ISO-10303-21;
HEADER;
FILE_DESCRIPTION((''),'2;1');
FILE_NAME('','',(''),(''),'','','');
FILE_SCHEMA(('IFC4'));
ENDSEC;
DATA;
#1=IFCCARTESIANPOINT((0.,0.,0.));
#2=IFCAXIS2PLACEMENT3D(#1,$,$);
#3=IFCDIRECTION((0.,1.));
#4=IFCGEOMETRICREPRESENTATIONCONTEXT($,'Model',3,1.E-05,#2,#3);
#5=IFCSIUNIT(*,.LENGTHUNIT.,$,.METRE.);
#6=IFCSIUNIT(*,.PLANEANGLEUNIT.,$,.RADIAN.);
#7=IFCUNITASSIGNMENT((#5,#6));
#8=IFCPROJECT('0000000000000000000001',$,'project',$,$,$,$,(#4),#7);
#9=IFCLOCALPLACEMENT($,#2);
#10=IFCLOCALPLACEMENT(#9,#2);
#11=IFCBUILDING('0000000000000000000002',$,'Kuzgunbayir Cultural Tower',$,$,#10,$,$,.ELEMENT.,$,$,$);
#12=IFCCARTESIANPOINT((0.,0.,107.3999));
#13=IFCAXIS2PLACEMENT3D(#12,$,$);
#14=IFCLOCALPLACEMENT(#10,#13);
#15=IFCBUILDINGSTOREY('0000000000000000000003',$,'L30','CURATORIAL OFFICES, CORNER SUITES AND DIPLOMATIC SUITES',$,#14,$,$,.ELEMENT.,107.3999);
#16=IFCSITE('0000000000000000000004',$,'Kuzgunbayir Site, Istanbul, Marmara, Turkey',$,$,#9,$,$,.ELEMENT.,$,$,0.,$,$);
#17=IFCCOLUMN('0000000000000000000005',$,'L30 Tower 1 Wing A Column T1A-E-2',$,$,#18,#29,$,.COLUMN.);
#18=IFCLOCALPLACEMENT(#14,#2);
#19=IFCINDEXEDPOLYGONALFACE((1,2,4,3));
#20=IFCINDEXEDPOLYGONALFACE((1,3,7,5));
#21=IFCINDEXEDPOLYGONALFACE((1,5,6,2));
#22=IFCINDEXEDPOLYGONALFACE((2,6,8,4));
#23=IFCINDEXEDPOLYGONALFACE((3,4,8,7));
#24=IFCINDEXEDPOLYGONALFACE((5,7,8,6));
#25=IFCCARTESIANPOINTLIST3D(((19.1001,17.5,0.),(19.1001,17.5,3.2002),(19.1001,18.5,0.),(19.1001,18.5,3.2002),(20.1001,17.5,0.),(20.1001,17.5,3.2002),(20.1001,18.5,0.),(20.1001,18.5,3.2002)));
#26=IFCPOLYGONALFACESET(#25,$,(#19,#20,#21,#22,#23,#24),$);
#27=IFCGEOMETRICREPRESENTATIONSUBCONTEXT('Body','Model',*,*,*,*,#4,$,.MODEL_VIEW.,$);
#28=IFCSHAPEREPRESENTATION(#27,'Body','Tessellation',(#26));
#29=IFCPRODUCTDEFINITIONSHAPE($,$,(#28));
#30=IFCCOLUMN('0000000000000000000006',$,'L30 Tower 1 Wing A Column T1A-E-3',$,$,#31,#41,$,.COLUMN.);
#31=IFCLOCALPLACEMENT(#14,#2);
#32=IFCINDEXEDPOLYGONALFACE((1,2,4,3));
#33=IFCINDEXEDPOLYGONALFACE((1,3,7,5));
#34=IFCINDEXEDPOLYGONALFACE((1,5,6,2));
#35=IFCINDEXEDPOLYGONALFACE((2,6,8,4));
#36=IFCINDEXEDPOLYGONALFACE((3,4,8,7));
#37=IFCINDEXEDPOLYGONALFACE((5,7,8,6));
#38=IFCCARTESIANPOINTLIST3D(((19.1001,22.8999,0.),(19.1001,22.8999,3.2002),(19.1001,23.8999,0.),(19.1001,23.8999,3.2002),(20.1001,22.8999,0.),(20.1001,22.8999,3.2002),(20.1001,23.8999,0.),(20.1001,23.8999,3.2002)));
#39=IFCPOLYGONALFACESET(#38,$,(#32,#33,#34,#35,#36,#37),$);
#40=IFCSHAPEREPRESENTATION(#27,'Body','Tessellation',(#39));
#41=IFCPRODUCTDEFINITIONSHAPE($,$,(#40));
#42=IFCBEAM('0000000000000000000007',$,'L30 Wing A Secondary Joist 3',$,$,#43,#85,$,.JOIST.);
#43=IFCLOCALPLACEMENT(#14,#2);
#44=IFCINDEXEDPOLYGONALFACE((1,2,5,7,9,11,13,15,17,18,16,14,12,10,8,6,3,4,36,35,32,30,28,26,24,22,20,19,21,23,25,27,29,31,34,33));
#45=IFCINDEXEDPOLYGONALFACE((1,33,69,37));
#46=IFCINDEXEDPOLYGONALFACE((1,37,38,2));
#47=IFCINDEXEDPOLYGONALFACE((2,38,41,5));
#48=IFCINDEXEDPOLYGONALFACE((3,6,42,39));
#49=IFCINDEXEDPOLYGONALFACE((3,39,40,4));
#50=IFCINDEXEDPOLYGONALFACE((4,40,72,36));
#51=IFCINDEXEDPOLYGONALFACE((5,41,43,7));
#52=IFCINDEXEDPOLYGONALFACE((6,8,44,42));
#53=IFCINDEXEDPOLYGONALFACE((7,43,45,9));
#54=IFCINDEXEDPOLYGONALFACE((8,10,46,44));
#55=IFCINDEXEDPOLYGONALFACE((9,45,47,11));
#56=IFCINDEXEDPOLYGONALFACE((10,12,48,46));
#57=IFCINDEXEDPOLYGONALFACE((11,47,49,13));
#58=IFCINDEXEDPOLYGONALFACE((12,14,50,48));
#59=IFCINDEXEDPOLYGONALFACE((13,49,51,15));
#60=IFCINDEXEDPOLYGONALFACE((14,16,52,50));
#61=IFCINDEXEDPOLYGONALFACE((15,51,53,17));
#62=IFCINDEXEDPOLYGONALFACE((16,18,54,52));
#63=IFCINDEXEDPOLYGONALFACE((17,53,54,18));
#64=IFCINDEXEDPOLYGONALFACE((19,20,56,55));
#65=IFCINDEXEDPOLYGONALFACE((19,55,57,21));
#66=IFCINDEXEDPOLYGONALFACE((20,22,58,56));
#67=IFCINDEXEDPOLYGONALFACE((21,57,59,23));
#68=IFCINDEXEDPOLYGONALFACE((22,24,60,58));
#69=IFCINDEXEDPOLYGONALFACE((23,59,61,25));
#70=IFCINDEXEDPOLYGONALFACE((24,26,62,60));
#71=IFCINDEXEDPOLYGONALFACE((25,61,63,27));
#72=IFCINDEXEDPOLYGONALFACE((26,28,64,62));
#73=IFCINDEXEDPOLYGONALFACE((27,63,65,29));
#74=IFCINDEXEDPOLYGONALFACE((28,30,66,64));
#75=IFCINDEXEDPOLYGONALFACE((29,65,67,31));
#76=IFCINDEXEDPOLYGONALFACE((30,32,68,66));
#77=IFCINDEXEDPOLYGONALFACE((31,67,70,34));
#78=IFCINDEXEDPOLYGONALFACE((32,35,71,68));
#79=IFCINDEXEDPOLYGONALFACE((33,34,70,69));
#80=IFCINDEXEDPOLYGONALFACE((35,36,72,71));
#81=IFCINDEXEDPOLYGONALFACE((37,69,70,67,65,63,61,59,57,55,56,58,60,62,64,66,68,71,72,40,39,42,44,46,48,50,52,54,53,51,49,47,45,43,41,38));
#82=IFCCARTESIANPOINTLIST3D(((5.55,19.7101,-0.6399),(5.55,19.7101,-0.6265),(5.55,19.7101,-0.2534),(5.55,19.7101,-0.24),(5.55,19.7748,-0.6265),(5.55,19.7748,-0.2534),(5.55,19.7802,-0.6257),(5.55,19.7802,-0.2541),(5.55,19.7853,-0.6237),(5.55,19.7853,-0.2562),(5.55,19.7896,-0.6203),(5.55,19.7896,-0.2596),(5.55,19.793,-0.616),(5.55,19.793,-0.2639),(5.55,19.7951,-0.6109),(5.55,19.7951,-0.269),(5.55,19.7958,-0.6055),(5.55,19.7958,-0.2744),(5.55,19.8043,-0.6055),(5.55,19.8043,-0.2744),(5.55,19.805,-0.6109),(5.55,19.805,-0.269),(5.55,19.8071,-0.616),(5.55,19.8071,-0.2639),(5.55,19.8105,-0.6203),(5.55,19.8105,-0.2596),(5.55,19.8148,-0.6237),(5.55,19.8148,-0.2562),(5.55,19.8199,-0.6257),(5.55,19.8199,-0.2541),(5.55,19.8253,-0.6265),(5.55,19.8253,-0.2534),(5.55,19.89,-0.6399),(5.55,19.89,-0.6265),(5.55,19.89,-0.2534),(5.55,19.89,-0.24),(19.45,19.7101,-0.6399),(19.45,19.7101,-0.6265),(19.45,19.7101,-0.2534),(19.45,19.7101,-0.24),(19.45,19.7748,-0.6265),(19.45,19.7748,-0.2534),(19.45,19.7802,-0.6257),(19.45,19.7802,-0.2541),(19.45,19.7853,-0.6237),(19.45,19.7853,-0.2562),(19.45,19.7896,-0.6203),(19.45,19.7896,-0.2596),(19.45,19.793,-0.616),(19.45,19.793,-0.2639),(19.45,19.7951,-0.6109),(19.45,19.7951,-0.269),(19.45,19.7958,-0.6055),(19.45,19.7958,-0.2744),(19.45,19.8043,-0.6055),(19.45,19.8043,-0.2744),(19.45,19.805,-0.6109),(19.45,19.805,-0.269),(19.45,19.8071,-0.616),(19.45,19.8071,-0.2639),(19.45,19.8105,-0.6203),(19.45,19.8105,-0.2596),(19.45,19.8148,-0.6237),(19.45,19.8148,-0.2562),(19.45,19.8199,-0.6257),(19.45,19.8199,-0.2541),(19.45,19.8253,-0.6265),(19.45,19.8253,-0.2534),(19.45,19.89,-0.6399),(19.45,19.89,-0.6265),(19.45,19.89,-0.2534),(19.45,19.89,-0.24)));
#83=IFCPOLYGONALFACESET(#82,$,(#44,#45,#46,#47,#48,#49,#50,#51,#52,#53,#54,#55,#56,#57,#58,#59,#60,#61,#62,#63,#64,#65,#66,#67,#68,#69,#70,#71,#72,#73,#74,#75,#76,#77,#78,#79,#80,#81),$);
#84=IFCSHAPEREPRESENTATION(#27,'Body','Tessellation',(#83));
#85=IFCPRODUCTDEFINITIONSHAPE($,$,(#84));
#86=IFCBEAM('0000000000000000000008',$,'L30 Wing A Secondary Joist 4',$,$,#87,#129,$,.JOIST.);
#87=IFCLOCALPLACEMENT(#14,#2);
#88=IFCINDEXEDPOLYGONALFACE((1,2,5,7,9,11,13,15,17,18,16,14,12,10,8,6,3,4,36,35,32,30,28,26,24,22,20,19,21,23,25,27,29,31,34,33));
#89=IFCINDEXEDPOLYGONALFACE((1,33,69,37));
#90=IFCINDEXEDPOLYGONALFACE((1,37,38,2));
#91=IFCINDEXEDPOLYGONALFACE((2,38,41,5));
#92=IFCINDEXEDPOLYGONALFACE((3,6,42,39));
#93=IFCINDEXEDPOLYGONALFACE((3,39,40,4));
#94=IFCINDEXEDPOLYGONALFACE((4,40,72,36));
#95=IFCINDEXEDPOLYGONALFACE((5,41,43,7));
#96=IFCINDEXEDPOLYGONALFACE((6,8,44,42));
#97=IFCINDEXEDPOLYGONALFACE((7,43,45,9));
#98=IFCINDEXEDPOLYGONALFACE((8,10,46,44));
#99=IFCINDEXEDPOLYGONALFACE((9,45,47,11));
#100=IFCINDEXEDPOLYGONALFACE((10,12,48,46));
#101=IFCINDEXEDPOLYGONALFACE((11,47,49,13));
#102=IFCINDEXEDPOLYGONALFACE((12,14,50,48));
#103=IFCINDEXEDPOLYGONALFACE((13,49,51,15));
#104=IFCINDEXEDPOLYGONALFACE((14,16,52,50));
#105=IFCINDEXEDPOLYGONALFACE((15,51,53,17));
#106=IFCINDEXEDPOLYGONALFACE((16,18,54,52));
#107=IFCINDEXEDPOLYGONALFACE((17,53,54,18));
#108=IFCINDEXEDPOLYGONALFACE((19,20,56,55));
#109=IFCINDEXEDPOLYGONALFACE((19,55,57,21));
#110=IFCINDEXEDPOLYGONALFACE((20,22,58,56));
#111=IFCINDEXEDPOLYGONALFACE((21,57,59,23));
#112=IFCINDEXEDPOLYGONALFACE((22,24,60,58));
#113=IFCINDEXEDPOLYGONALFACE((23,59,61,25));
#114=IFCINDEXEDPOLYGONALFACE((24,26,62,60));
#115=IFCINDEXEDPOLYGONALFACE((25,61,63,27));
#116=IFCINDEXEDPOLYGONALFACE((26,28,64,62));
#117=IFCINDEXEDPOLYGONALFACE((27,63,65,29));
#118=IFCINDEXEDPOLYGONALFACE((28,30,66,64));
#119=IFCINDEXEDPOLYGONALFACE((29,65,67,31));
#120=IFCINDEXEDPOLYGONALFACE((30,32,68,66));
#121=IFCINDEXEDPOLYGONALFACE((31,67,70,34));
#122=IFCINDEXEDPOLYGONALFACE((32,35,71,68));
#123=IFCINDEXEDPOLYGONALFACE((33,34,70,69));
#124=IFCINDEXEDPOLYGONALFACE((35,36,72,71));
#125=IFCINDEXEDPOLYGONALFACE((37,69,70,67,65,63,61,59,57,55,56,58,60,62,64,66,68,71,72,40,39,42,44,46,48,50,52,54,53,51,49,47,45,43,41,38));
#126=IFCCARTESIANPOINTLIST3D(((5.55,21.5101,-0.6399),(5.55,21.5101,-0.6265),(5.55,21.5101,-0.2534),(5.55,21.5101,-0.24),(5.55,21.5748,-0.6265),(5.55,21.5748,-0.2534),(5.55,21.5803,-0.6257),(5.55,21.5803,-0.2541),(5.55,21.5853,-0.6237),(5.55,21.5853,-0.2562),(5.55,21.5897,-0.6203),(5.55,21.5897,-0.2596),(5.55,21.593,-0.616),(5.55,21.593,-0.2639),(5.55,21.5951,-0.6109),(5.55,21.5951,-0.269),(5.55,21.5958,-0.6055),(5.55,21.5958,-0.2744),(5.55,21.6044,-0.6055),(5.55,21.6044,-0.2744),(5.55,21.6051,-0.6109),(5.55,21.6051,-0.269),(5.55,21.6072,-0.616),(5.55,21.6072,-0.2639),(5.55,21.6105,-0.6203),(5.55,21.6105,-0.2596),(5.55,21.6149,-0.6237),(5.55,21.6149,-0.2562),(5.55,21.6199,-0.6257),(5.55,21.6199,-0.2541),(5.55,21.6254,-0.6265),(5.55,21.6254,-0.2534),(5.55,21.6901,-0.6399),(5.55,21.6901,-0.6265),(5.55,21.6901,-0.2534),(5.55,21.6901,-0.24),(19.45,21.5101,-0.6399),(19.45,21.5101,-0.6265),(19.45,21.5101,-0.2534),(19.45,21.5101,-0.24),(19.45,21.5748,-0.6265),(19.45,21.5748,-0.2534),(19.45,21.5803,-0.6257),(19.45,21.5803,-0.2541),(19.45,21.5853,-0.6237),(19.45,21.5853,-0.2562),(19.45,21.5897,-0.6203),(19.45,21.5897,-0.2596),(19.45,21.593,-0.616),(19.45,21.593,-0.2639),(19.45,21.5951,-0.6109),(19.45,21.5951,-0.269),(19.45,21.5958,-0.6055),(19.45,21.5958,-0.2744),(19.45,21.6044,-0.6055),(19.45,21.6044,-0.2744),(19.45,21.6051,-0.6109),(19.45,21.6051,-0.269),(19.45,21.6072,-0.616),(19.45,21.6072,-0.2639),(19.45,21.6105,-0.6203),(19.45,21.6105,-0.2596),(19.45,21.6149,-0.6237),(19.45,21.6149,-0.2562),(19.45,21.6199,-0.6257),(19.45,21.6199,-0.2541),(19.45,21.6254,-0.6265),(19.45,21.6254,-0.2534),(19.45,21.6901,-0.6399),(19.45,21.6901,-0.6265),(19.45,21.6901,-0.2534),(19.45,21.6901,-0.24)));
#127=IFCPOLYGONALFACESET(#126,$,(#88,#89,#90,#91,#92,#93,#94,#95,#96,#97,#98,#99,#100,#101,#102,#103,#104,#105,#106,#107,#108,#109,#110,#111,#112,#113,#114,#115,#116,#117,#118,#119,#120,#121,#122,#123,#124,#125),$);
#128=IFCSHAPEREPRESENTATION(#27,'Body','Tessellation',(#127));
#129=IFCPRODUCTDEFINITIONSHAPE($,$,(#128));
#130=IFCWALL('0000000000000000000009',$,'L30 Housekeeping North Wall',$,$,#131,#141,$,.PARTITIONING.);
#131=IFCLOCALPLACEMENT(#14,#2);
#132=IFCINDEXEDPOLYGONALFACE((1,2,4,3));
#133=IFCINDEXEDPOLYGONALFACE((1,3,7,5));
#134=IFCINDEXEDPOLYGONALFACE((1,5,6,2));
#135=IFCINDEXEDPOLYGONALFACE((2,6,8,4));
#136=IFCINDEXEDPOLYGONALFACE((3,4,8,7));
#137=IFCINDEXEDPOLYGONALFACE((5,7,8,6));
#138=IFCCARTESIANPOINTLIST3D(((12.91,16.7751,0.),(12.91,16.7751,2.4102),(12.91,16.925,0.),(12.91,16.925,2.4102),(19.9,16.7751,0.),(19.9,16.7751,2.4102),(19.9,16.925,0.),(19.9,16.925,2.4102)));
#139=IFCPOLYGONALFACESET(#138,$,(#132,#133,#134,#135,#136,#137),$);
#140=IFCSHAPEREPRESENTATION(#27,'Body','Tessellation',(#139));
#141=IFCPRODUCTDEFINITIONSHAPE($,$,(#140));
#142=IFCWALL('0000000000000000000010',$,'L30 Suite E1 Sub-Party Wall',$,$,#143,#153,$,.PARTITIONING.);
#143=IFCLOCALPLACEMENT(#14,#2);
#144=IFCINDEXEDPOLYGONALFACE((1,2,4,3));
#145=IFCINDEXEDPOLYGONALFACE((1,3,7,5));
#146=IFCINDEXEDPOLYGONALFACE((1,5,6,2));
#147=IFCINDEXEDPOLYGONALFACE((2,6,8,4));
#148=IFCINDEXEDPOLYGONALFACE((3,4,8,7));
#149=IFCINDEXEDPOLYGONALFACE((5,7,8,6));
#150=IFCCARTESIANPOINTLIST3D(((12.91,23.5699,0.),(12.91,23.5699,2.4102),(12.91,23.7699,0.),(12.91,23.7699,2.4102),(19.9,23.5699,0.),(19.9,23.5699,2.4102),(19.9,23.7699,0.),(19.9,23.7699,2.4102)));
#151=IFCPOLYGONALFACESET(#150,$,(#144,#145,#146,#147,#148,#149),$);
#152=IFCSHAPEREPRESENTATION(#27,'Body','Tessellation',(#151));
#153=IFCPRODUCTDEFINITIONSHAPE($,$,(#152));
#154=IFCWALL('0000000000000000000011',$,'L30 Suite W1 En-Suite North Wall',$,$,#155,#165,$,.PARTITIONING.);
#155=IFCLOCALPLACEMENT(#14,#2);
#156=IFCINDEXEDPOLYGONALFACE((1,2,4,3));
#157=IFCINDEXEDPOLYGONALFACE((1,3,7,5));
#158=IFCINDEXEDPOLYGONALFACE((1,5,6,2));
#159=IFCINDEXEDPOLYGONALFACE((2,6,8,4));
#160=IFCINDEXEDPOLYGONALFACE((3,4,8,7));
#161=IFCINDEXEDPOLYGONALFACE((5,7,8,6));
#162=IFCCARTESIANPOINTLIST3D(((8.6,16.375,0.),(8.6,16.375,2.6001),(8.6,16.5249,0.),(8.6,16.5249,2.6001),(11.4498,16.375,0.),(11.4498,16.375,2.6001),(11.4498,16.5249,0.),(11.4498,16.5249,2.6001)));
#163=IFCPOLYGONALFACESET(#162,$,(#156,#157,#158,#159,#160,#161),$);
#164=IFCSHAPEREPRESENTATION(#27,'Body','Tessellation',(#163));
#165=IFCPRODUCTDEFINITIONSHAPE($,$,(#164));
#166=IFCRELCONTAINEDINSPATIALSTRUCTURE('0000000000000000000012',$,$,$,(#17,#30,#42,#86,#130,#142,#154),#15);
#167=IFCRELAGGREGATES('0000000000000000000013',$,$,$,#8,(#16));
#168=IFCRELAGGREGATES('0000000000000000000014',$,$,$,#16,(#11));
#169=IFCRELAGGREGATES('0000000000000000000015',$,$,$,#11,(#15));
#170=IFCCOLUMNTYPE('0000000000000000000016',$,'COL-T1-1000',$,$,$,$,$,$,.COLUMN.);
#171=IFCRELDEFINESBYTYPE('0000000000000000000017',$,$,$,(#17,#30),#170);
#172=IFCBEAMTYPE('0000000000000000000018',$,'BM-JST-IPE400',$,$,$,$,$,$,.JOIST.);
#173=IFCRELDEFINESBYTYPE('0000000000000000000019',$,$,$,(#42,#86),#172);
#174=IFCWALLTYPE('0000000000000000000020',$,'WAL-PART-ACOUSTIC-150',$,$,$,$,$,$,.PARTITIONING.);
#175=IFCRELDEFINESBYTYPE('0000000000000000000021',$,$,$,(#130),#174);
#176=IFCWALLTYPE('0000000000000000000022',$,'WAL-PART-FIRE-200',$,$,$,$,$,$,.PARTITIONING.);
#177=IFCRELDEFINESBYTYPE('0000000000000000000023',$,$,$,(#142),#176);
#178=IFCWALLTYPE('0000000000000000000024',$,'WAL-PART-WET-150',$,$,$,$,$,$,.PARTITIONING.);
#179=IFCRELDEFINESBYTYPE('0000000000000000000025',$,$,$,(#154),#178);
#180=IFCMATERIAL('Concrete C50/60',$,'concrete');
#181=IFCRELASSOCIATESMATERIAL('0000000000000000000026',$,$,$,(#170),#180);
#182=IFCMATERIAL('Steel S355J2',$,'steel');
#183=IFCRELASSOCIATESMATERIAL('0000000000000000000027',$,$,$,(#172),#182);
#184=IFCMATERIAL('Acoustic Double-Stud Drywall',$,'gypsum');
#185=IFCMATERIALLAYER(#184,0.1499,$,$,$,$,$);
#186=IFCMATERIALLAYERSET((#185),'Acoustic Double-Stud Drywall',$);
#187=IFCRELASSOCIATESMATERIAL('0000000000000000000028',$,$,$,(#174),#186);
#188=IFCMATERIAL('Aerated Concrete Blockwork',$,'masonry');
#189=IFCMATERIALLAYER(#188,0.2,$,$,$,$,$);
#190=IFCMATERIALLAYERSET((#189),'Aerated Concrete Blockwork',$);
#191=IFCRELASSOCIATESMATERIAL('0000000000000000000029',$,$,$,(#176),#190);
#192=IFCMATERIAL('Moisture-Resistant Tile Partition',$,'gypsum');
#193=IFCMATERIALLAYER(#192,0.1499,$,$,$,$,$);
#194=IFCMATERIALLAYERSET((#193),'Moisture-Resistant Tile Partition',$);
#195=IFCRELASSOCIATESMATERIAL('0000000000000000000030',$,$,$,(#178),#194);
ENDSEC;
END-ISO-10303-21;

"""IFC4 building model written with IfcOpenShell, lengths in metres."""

from ifc_helpers import new_model, si_unit, direction, frame, frame_2d, origin, origin_2d, place, context, subcontext, project, spatial, rectangle, i_section, extrude, material, layer, layer_set, material_profile, profile_set, type_object, element, save


model = new_model("IFC4")

# Units and contexts
model_context = context("Model", 3, precision=1e-05, world=origin(), true_north=direction((0.0, 1.0)))
body_context = subcontext(model_context, "Body", "Model", "MODEL_VIEW")
ifc_project = project(units=[si_unit("LENGTHUNIT", "METRE"), si_unit("PLANEANGLEUNIT", "RADIAN")], contexts=[model_context])

# Site, building, storey
site_placement = place(None, origin())
site = spatial("IfcSite", under=ifc_project, at=site_placement, Name="Kuzgunbayir Site, Istanbul, Marmara, Turkey", CompositionType="ELEMENT", RefElevation=0.0)
building_placement = place(site_placement, origin())
building = spatial("IfcBuilding", under=site, at=building_placement, Name="Kuzgunbayir Cultural Tower", CompositionType="ELEMENT")
storey_placement = place(building_placement, frame((0.0, 0.0, 107.3999)))
storey = spatial("IfcBuildingStorey", under=building, at=storey_placement, Name="L30", Description="CURATORIAL OFFICES, CORNER SUITES AND DIPLOMATIC SUITES", CompositionType="ELEMENT", Elevation=107.3999)

# Columns
ifc_material_1 = material(Name="Concrete C50/60", Category="concrete")
ifc_material_profile_1 = material_profile(ifc_material_1, rectangle(XDim=1.0, YDim=1.0, at=origin_2d()), Name="RC 1000x1000")
ifc_profile_set_1 = profile_set([ifc_material_profile_1], Name="Concrete C50/60")
column_type = type_object("IfcColumnType", Name="COL-T1-1000", PredefinedType="COLUMN", material=ifc_profile_set_1)
for number, where, z_axis, x_axis, name in (
    (1, (19.6001, 18.0, 0.0), (0.0, 0.0, 1.0), (1.0, 0.0, 0.0), "L30 Tower 1 Wing A Column T1A-E-2"),
    (2, (19.6001, 23.3999, 0.0), (0.0, 0.0, 1.0), (1.0, 0.0, 0.0), "L30 Tower 1 Wing A Column T1A-E-3"),
):
    element("IfcColumn", number, at=place(storey_placement, frame(where, z_axis=z_axis, x_axis=x_axis)), inside=storey, type_object=column_type, Name=name, PredefinedType="COLUMN", context=body_context, shape_type="SweptSolid", body=[
        extrude(rectangle(XDim=1.0, YDim=1.0, at=origin_2d()), origin(), (0.0, 0.0, 1.0), 3.2002),
    ])

# Beams
ifc_material_2 = material(Name="Steel S355J2", Category="steel")
ifc_material_profile_2 = material_profile(ifc_material_2, i_section(OverallWidth=0.1799, OverallDepth=0.3999, WebThickness=0.0085, FlangeThickness=0.0134, FilletRadius=0.021, at=origin_2d()), Name="IPE 400")
ifc_profile_set_2 = profile_set([ifc_material_profile_2], Name="Steel S355J2")
beam_type = type_object("IfcBeamType", Name="BM-JST-IPE400", PredefinedType="JOIST", material=ifc_profile_set_2)
for number, where, z_axis, x_axis, name in (
    (3, (5.55, 19.8, -0.4399), (1.0, 0.0, 0.0), (0.0, 1.0, 0.0), "L30 Wing A Secondary Joist 3"),
    (4, (5.55, 21.6001, -0.4399), (1.0, 0.0, 0.0), (0.0, 1.0, 0.0), "L30 Wing A Secondary Joist 4"),
):
    element("IfcBeam", number, at=place(storey_placement, frame(where, z_axis=z_axis, x_axis=x_axis)), inside=storey, type_object=beam_type, Name=name, PredefinedType="JOIST", context=body_context, shape_type="SweptSolid", body=[
        extrude(i_section(OverallWidth=0.1799, OverallDepth=0.3999, WebThickness=0.0085, FlangeThickness=0.0134, FilletRadius=0.021, at=origin_2d()), origin(), (0.0, 0.0, 1.0), 13.8999),
    ])

# Wall
ifc_material_3 = material(Name="Acoustic Double-Stud Drywall", Category="gypsum")
ifc_layer_1 = layer(ifc_material_3, 0.1499)
ifc_layer_set_1 = layer_set([ifc_layer_1], Name="Acoustic Double-Stud Drywall")
wall_type_1 = type_object("IfcWallType", Name="WAL-PART-ACOUSTIC-150", PredefinedType="PARTITIONING", material=ifc_layer_set_1)
wall_1_placement = place(storey_placement, frame((12.9099, 16.8501, 0.0), z_axis=(0.0, 0.0, 1.0), x_axis=(1.0, 0.0, 0.0)))
element("IfcWall", 5, at=wall_1_placement, inside=storey, type_object=wall_type_1, Name="L30 Housekeeping North Wall", PredefinedType="PARTITIONING", context=body_context, shape_type="SweptSolid", body=[
    extrude(rectangle(XDim=6.99, YDim=0.1499, at=frame_2d((3.4951, 0.0))), origin(), (0.0, 0.0, 1.0), 2.4102),
])

# Shared definitions
ifc_material_4 = material(Name="Aerated Concrete Blockwork", Category="masonry")
ifc_layer_2 = layer(ifc_material_4, 0.2)
ifc_layer_set_2 = layer_set([ifc_layer_2], Name="Aerated Concrete Blockwork")
wall_type_2 = type_object("IfcWallType", Name="WAL-PART-FIRE-200", PredefinedType="PARTITIONING", material=ifc_layer_set_2)

# Walls
wall_2_placement = place(storey_placement, frame((12.9099, 23.6699, 0.0), z_axis=(0.0, 0.0, 1.0), x_axis=(1.0, 0.0, 0.0)))
element("IfcWall", 6, at=wall_2_placement, inside=storey, type_object=wall_type_2, Name="L30 Suite E1 Sub-Party Wall", PredefinedType="PARTITIONING", context=body_context, shape_type="SweptSolid", body=[
    extrude(rectangle(XDim=6.99, YDim=0.2, at=frame_2d((3.4951, 0.0))), origin(), (0.0, 0.0, 1.0), 2.4102),
])
ifc_material_5 = material(Name="Moisture-Resistant Tile Partition", Category="gypsum")
ifc_layer_3 = layer(ifc_material_5, 0.1499)
ifc_layer_set_3 = layer_set([ifc_layer_3], Name="Moisture-Resistant Tile Partition")
wall_type_3 = type_object("IfcWallType", Name="WAL-PART-WET-150", PredefinedType="PARTITIONING", material=ifc_layer_set_3)
wall_3_placement = place(storey_placement, frame((8.6001, 16.45, 0.0), z_axis=(0.0, 0.0, 1.0), x_axis=(1.0, 0.0, 0.0)))
element("IfcWall", 7, at=wall_3_placement, inside=storey, type_object=wall_type_3, Name="L30 Suite W1 En-Suite North Wall", PredefinedType="PARTITIONING", context=body_context, shape_type="SweptSolid", body=[
    extrude(rectangle(XDim=2.8499, YDim=0.1499, at=frame_2d((1.4248, 0.0))), origin(), (0.0, 0.0, 1.0), 2.6001),
])

save(model, "model.ifc")
